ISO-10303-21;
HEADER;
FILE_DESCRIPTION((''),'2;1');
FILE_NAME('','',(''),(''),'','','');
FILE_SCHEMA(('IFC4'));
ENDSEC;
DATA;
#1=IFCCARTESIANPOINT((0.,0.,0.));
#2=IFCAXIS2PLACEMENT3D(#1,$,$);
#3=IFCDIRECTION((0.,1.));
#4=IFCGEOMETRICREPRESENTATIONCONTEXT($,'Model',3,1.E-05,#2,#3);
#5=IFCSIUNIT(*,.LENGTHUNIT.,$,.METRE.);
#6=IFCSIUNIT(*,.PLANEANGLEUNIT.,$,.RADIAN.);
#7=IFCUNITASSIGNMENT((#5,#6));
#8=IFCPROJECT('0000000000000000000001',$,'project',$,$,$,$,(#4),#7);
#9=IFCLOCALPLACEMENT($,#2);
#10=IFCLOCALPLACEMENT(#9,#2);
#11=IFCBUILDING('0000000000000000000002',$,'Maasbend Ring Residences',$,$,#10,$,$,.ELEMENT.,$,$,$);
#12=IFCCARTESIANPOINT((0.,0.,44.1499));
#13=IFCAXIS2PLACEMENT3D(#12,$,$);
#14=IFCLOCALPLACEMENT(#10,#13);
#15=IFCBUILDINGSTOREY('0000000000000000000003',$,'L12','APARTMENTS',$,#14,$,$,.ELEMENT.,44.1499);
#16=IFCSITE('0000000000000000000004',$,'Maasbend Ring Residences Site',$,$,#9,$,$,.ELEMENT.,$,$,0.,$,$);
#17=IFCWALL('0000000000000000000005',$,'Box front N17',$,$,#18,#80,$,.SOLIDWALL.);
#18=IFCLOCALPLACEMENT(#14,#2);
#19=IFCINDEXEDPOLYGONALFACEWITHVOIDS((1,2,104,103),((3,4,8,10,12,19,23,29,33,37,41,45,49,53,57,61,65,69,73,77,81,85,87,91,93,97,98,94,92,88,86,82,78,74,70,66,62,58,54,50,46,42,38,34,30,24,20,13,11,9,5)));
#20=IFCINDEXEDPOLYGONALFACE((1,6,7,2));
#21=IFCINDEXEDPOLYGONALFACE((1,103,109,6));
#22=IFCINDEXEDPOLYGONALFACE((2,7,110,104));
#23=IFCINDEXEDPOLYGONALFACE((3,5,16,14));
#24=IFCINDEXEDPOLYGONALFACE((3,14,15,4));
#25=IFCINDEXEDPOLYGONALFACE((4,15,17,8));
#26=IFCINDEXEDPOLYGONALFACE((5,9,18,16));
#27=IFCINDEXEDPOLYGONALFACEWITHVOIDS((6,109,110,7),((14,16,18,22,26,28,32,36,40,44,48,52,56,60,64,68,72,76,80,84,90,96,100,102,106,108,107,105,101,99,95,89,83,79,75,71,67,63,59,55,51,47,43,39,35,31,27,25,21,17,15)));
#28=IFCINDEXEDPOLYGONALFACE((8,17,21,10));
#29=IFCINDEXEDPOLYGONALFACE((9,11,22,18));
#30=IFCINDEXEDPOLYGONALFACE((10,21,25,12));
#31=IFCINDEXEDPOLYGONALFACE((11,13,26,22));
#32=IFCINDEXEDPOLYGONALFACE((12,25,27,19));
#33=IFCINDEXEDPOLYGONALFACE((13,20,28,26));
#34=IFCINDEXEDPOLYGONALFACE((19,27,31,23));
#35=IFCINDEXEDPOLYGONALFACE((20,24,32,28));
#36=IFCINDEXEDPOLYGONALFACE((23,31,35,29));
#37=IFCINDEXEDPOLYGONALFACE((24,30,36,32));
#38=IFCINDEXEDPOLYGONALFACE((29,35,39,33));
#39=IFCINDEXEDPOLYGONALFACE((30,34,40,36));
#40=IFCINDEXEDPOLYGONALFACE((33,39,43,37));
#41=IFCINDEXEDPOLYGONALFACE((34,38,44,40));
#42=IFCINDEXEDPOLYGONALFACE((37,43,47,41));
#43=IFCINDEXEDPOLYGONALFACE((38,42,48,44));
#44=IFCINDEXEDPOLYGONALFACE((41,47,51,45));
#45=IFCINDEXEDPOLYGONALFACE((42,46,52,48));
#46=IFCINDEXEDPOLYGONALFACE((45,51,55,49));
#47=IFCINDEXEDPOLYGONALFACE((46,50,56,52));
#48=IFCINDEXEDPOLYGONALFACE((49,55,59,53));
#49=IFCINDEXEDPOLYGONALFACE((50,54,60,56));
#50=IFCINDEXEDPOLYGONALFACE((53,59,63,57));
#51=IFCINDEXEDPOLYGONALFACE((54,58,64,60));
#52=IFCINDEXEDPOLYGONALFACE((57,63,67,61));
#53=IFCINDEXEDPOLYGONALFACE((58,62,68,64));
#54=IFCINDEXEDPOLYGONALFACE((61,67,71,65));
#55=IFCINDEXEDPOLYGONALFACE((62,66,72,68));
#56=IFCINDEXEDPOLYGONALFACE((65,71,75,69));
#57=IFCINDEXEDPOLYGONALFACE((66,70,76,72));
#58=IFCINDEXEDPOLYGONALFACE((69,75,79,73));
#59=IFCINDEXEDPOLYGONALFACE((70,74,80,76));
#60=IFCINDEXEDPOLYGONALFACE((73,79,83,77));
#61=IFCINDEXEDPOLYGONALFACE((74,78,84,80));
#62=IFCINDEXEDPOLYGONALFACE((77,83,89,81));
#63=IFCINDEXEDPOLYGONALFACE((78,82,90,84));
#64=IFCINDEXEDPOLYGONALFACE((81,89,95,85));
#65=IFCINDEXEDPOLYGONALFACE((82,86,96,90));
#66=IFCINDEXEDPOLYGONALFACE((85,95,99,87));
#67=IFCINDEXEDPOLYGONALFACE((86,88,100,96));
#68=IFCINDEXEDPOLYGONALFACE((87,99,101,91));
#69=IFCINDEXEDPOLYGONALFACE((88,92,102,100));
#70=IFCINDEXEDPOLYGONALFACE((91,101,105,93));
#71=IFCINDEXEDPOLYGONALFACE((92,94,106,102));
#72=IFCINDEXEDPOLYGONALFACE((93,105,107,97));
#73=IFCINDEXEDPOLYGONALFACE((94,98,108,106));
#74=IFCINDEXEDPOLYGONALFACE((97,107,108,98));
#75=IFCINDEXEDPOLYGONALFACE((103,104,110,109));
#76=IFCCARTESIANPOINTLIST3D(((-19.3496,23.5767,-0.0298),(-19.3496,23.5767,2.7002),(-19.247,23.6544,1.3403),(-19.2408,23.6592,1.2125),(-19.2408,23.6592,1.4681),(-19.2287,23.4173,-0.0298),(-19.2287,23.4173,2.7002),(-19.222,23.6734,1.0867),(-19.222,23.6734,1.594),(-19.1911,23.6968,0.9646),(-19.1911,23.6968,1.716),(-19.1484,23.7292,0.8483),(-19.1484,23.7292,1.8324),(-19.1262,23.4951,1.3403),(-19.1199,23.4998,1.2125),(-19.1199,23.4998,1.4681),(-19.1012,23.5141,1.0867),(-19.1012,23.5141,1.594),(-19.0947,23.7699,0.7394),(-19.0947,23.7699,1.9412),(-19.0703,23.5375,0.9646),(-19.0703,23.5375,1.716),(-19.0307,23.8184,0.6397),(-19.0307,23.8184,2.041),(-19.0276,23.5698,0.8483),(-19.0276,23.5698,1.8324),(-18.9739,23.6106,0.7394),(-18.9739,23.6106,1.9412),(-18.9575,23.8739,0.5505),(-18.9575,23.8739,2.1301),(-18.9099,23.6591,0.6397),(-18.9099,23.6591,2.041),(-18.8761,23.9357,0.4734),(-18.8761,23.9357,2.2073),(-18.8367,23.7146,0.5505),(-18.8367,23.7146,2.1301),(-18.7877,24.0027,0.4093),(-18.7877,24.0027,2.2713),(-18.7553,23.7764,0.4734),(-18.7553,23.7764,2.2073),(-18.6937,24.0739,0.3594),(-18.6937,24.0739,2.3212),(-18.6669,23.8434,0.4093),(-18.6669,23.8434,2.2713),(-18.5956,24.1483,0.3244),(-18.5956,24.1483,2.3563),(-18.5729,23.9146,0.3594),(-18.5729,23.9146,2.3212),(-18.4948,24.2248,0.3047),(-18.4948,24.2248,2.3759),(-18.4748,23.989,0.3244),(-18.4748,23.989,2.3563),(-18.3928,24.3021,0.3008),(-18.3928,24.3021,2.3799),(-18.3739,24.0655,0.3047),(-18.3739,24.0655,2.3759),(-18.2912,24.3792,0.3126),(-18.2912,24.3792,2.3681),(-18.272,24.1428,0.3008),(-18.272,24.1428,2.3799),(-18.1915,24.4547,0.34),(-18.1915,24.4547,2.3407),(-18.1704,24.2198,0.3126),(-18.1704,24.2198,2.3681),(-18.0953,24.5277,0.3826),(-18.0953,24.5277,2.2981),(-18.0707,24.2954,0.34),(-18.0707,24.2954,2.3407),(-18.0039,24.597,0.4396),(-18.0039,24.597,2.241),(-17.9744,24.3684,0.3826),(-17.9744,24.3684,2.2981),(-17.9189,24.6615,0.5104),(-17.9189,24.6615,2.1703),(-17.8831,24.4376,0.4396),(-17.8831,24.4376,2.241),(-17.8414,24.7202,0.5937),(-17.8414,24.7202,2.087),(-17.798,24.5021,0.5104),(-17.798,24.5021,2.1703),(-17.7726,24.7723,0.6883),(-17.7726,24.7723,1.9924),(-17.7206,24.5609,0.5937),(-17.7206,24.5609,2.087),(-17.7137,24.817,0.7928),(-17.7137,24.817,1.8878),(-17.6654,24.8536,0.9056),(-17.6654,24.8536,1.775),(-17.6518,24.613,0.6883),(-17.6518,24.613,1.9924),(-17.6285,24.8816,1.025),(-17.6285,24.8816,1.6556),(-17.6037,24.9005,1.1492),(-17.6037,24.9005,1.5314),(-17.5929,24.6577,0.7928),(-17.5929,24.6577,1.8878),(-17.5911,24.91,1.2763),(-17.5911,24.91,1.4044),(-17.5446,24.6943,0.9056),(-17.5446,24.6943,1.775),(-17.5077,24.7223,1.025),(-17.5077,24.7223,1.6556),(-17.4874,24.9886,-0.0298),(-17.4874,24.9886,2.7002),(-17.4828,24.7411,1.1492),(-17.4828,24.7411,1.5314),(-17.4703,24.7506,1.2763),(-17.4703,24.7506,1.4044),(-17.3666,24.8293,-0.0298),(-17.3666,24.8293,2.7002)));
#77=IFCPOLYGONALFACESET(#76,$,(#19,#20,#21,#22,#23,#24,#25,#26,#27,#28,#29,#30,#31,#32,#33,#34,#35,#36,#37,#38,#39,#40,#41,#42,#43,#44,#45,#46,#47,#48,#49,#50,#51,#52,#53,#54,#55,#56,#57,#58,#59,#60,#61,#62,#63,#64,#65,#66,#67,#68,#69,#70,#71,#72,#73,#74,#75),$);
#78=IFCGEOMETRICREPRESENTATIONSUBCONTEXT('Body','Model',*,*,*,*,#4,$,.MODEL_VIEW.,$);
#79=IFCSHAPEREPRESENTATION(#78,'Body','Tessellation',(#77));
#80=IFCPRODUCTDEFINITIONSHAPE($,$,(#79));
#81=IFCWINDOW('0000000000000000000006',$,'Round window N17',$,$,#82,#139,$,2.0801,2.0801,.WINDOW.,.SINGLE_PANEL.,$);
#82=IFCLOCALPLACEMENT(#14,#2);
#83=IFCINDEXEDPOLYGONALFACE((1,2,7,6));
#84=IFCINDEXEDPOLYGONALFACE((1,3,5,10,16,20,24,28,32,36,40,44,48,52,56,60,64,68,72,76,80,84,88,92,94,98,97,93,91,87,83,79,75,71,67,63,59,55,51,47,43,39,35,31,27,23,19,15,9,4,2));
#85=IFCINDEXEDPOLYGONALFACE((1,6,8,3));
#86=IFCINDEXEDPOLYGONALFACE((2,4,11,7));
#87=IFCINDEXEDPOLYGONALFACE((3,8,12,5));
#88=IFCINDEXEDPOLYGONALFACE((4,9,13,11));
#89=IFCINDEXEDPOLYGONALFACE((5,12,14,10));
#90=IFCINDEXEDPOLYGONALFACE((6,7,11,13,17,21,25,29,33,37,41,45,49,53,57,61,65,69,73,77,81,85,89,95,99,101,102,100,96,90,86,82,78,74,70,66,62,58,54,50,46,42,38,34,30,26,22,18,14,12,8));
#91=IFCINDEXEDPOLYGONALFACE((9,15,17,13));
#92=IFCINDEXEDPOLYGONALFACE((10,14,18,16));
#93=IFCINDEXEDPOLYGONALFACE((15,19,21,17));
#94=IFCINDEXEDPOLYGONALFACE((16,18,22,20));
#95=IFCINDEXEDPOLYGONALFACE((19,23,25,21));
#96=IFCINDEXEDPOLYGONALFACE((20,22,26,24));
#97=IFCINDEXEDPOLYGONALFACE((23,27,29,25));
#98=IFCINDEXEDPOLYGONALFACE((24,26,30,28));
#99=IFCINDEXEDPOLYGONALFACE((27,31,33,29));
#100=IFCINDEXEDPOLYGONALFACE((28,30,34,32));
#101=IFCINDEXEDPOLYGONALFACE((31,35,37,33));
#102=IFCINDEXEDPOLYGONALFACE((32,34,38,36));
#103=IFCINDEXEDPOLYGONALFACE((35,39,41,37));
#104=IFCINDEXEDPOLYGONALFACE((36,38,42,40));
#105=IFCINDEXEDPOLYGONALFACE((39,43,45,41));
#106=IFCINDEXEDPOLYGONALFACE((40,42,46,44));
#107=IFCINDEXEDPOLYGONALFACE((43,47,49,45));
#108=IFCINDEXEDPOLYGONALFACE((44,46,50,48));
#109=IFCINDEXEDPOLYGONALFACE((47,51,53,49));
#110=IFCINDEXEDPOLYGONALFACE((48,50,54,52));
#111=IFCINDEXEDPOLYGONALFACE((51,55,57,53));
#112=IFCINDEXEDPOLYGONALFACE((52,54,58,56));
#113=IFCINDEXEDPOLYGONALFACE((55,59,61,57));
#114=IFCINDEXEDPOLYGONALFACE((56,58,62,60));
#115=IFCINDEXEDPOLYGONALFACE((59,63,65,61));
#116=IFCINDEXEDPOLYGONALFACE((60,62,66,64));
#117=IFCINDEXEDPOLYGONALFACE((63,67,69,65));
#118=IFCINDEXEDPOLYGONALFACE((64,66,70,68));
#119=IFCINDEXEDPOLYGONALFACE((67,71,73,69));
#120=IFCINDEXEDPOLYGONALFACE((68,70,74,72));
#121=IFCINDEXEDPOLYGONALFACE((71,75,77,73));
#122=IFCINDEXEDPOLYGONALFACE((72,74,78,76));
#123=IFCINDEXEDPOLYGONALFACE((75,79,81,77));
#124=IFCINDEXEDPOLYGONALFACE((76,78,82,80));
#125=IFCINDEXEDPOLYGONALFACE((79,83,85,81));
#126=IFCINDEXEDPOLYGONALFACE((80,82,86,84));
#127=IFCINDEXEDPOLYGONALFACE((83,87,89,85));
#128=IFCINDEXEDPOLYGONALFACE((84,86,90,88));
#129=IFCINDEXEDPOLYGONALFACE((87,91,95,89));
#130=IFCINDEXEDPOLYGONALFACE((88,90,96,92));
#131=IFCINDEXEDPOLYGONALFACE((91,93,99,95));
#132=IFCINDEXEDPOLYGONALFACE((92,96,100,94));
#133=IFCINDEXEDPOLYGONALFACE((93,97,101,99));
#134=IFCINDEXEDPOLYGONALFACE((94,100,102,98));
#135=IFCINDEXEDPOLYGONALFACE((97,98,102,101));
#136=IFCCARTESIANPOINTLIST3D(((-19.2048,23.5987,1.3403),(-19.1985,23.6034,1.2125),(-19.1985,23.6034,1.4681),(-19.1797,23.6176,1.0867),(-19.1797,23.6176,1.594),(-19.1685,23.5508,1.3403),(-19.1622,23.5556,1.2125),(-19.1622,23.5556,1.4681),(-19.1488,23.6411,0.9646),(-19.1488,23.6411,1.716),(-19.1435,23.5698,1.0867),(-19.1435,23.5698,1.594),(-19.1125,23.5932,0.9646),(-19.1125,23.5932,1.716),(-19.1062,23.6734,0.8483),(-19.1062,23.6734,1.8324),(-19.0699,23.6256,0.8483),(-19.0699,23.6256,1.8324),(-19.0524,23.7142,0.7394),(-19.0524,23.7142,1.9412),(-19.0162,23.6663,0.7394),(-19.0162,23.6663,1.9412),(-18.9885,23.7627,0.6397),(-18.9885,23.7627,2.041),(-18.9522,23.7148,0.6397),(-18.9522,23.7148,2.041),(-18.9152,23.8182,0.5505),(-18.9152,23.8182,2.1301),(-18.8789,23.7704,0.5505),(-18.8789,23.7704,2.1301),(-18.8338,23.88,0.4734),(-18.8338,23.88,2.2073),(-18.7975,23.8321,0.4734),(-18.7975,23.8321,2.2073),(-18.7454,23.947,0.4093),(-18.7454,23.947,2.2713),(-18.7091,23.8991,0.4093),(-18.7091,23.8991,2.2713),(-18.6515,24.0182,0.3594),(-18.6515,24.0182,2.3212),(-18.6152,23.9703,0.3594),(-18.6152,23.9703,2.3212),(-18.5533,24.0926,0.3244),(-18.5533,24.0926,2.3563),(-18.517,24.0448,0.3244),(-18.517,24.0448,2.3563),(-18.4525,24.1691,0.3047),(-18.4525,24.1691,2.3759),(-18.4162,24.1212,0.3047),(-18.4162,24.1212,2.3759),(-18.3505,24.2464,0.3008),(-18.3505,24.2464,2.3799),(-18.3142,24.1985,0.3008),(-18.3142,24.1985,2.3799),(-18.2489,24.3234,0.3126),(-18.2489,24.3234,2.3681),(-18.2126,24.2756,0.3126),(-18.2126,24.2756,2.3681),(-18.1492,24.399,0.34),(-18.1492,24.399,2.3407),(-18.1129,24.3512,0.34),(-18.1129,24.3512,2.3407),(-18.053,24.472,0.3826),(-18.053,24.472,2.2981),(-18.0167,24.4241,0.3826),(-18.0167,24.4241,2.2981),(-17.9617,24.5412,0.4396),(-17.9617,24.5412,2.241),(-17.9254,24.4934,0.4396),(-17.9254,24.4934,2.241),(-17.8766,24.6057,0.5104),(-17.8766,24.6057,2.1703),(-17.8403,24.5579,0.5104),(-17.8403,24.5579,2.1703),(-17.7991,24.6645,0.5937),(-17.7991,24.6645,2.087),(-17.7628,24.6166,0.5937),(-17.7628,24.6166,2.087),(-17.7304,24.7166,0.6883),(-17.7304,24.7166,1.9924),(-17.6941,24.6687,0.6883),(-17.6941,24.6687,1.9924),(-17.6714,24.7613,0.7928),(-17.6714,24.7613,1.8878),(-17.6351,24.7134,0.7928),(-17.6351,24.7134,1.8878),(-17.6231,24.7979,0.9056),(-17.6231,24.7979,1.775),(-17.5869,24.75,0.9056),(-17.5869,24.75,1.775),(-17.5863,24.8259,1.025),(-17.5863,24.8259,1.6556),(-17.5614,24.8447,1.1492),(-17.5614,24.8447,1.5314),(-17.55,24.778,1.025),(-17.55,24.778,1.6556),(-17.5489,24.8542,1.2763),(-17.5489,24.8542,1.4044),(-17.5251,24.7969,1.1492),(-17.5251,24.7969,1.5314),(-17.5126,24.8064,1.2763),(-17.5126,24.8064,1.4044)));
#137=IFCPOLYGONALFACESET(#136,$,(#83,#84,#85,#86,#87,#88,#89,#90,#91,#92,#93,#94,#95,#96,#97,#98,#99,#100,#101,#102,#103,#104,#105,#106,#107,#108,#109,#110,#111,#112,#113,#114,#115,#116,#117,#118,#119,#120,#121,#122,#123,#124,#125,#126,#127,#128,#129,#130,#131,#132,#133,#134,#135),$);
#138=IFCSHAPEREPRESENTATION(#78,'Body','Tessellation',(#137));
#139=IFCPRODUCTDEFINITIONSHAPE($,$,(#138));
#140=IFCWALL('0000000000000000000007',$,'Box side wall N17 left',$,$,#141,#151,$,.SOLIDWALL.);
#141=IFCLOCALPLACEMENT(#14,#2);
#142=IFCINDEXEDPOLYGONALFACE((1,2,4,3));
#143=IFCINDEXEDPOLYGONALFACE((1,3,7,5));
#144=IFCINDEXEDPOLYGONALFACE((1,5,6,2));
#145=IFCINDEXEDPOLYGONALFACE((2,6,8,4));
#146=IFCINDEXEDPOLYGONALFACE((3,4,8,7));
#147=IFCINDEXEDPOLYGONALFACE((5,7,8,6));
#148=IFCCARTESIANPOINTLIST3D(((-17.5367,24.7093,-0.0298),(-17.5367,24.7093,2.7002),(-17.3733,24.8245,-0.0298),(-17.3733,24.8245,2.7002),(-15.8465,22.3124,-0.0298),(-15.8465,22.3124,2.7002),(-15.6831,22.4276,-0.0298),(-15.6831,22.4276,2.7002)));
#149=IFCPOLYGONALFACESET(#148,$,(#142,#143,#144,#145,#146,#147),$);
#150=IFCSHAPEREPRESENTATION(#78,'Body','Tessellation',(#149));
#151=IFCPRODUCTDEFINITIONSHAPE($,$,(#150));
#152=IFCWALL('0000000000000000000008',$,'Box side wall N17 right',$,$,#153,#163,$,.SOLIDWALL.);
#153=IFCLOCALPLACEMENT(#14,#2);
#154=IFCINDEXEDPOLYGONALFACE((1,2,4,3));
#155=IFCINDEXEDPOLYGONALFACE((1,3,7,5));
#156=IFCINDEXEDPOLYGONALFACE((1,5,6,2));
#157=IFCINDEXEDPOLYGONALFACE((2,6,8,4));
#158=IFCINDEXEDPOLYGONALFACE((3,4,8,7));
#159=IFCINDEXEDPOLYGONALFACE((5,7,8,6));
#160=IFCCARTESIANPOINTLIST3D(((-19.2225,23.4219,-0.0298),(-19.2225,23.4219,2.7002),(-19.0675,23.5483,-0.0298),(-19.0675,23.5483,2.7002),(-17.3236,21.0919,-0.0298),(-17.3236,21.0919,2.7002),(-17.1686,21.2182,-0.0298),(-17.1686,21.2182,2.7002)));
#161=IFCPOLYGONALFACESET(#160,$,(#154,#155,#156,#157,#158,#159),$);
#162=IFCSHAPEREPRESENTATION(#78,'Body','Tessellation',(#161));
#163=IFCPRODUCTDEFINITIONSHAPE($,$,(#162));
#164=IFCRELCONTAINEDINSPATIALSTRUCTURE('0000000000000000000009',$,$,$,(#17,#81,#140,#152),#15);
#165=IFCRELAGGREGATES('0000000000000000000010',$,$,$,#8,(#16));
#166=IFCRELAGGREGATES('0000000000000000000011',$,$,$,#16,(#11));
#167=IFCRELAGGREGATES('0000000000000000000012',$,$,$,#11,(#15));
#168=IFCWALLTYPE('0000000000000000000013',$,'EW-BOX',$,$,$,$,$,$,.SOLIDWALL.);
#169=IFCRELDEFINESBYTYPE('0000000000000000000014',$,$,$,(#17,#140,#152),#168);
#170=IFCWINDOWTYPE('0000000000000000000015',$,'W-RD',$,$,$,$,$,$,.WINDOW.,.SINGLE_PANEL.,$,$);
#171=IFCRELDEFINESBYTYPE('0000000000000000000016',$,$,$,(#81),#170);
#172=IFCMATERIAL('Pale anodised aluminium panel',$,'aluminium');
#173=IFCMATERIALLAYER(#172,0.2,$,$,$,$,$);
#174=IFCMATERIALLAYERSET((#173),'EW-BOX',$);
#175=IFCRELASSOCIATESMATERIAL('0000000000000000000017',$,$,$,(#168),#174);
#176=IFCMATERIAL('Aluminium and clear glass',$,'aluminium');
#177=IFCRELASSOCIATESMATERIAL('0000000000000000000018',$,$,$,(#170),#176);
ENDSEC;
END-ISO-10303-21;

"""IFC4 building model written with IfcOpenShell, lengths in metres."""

from ifc_helpers import new_model, si_unit, direction, frame, frame_2d, origin, place, context, subcontext, project, spatial, rectangle, circle, extrude, material, layer, layer_set, type_object, element, fill, save


model = new_model("IFC4")

# Units and contexts
model_context = context("Model", 3, precision=1e-05, world=origin(), true_north=direction((0.0, 1.0)))
body_context = subcontext(model_context, "Body", "Model", "MODEL_VIEW")
ifc_project = project(units=[si_unit("LENGTHUNIT", "METRE"), si_unit("PLANEANGLEUNIT", "RADIAN")], contexts=[model_context])

# Site, building, storey
site_placement = place(None, origin())
site = spatial("IfcSite", under=ifc_project, at=site_placement, Name="Maasbend Ring Residences Site", CompositionType="ELEMENT", RefElevation=0.0)
building_placement = place(site_placement, origin())
building = spatial("IfcBuilding", under=site, at=building_placement, Name="Maasbend Ring Residences", CompositionType="ELEMENT")
storey_placement = place(building_placement, frame((0.0, 0.0, 44.1499)))
storey = spatial("IfcBuildingStorey", under=building, at=storey_placement, Name="L12", Description="APARTMENTS", CompositionType="ELEMENT", Elevation=44.1499)

# Shared definitions
ifc_material_1 = material(Name="Pale anodised aluminium panel", Category="aluminium")
ifc_layer_1 = layer(ifc_material_1, 0.2)
ifc_layer_set_1 = layer_set([ifc_layer_1], Name="EW-BOX")
wall_type_1 = type_object("IfcWallType", Name="EW-BOX", PredefinedType="SOLIDWALL", material=ifc_layer_set_1)
ifc_material_2 = material(Name="Aluminium and clear glass", Category="aluminium")
window_type_1 = type_object("IfcWindowType", Name="W-RD", PartitioningType="SINGLE_PANEL", PredefinedType="WINDOW", material=ifc_material_2)

# Wall, opening, window
wall_1_placement = place(storey_placement, frame((-17.427, 24.9089, -0.0298), z_axis=(0.0, 0.0, 1.0), x_axis=(-0.796842, -0.604188, 0.0)))
wall_1 = element("IfcWall", 1, at=wall_1_placement, inside=storey, type_object=wall_type_1, Name="Box front N17", PredefinedType="SOLIDWALL", context=body_context, shape_type="SweptSolid", body=[
    extrude(rectangle(XDim=2.3369, YDim=0.2, at=frame_2d((1.1685, 0.0))), origin(), (0.0, 0.0, 1.0), 2.73),
])
opening_1_placement = place(wall_1_placement, frame((0.1282, 0.0, 0.3301)))
opening_1 = element("IfcOpeningElement", 2, at=opening_1_placement, cuts=wall_1, PredefinedType="OPENING", context=body_context, shape_type="SweptSolid", body=[
    extrude(circle(Radius=1.04, at=frame_2d((1.04, 1.04))), frame((0.0, 0.1099, 0.0), z_axis=(0.0, -1.0, 0.0), x_axis=(1.0, 0.0, 0.0)), (0.0, 0.0, 1.0), 0.22),
])
window_1_placement = place(opening_1_placement, origin())
window_1 = element("IfcWindow", 3, at=window_1_placement, inside=storey, type_object=window_type_1, Name="Round window N17", OverallHeight=2.0801, OverallWidth=2.0801, PartitioningType="SINGLE_PANEL", PredefinedType="WINDOW", context=body_context, shape_type="SweptSolid", body=[
    extrude(circle(Radius=1.04, at=frame_2d((1.04, 1.04))), frame((0.0, 0.03, 0.0), z_axis=(0.0, -1.0, 0.0), x_axis=(1.0, 0.0, 0.0)), (0.0, 0.0, 1.0), 0.0601),
])
fill(opening_1, window_1)

# Walls
wall_2_placement = place(storey_placement, frame((-15.7649, 22.3701, -0.0298), z_axis=(0.0, 0.0, 1.0), x_axis=(-0.576275, 0.817256, 0.0)))
element("IfcWall", 4, at=wall_2_placement, inside=storey, type_object=wall_type_1, Name="Box side wall N17 left", PredefinedType="SOLIDWALL", context=body_context, shape_type="SweptSolid", body=[
    extrude(rectangle(XDim=2.9329, YDim=0.2, at=frame_2d((1.4663, 0.0))), origin(), (0.0, 0.0, 1.0), 2.73),
])
wall_3_placement = place(storey_placement, frame((-17.2461, 21.155, -0.0298), z_axis=(0.0, 0.0, 1.0), x_axis=(-0.631742, 0.775179, 0.0)))
element("IfcWall", 5, at=wall_3_placement, inside=storey, type_object=wall_type_1, Name="Box side wall N17 right", PredefinedType="SOLIDWALL", context=body_context, shape_type="SweptSolid", body=[
    extrude(rectangle(XDim=3.0059, YDim=0.2, at=frame_2d((1.5029, 0.0))), origin(), (0.0, 0.0, 1.0), 2.73),
])

save(model, "model.ifc")
